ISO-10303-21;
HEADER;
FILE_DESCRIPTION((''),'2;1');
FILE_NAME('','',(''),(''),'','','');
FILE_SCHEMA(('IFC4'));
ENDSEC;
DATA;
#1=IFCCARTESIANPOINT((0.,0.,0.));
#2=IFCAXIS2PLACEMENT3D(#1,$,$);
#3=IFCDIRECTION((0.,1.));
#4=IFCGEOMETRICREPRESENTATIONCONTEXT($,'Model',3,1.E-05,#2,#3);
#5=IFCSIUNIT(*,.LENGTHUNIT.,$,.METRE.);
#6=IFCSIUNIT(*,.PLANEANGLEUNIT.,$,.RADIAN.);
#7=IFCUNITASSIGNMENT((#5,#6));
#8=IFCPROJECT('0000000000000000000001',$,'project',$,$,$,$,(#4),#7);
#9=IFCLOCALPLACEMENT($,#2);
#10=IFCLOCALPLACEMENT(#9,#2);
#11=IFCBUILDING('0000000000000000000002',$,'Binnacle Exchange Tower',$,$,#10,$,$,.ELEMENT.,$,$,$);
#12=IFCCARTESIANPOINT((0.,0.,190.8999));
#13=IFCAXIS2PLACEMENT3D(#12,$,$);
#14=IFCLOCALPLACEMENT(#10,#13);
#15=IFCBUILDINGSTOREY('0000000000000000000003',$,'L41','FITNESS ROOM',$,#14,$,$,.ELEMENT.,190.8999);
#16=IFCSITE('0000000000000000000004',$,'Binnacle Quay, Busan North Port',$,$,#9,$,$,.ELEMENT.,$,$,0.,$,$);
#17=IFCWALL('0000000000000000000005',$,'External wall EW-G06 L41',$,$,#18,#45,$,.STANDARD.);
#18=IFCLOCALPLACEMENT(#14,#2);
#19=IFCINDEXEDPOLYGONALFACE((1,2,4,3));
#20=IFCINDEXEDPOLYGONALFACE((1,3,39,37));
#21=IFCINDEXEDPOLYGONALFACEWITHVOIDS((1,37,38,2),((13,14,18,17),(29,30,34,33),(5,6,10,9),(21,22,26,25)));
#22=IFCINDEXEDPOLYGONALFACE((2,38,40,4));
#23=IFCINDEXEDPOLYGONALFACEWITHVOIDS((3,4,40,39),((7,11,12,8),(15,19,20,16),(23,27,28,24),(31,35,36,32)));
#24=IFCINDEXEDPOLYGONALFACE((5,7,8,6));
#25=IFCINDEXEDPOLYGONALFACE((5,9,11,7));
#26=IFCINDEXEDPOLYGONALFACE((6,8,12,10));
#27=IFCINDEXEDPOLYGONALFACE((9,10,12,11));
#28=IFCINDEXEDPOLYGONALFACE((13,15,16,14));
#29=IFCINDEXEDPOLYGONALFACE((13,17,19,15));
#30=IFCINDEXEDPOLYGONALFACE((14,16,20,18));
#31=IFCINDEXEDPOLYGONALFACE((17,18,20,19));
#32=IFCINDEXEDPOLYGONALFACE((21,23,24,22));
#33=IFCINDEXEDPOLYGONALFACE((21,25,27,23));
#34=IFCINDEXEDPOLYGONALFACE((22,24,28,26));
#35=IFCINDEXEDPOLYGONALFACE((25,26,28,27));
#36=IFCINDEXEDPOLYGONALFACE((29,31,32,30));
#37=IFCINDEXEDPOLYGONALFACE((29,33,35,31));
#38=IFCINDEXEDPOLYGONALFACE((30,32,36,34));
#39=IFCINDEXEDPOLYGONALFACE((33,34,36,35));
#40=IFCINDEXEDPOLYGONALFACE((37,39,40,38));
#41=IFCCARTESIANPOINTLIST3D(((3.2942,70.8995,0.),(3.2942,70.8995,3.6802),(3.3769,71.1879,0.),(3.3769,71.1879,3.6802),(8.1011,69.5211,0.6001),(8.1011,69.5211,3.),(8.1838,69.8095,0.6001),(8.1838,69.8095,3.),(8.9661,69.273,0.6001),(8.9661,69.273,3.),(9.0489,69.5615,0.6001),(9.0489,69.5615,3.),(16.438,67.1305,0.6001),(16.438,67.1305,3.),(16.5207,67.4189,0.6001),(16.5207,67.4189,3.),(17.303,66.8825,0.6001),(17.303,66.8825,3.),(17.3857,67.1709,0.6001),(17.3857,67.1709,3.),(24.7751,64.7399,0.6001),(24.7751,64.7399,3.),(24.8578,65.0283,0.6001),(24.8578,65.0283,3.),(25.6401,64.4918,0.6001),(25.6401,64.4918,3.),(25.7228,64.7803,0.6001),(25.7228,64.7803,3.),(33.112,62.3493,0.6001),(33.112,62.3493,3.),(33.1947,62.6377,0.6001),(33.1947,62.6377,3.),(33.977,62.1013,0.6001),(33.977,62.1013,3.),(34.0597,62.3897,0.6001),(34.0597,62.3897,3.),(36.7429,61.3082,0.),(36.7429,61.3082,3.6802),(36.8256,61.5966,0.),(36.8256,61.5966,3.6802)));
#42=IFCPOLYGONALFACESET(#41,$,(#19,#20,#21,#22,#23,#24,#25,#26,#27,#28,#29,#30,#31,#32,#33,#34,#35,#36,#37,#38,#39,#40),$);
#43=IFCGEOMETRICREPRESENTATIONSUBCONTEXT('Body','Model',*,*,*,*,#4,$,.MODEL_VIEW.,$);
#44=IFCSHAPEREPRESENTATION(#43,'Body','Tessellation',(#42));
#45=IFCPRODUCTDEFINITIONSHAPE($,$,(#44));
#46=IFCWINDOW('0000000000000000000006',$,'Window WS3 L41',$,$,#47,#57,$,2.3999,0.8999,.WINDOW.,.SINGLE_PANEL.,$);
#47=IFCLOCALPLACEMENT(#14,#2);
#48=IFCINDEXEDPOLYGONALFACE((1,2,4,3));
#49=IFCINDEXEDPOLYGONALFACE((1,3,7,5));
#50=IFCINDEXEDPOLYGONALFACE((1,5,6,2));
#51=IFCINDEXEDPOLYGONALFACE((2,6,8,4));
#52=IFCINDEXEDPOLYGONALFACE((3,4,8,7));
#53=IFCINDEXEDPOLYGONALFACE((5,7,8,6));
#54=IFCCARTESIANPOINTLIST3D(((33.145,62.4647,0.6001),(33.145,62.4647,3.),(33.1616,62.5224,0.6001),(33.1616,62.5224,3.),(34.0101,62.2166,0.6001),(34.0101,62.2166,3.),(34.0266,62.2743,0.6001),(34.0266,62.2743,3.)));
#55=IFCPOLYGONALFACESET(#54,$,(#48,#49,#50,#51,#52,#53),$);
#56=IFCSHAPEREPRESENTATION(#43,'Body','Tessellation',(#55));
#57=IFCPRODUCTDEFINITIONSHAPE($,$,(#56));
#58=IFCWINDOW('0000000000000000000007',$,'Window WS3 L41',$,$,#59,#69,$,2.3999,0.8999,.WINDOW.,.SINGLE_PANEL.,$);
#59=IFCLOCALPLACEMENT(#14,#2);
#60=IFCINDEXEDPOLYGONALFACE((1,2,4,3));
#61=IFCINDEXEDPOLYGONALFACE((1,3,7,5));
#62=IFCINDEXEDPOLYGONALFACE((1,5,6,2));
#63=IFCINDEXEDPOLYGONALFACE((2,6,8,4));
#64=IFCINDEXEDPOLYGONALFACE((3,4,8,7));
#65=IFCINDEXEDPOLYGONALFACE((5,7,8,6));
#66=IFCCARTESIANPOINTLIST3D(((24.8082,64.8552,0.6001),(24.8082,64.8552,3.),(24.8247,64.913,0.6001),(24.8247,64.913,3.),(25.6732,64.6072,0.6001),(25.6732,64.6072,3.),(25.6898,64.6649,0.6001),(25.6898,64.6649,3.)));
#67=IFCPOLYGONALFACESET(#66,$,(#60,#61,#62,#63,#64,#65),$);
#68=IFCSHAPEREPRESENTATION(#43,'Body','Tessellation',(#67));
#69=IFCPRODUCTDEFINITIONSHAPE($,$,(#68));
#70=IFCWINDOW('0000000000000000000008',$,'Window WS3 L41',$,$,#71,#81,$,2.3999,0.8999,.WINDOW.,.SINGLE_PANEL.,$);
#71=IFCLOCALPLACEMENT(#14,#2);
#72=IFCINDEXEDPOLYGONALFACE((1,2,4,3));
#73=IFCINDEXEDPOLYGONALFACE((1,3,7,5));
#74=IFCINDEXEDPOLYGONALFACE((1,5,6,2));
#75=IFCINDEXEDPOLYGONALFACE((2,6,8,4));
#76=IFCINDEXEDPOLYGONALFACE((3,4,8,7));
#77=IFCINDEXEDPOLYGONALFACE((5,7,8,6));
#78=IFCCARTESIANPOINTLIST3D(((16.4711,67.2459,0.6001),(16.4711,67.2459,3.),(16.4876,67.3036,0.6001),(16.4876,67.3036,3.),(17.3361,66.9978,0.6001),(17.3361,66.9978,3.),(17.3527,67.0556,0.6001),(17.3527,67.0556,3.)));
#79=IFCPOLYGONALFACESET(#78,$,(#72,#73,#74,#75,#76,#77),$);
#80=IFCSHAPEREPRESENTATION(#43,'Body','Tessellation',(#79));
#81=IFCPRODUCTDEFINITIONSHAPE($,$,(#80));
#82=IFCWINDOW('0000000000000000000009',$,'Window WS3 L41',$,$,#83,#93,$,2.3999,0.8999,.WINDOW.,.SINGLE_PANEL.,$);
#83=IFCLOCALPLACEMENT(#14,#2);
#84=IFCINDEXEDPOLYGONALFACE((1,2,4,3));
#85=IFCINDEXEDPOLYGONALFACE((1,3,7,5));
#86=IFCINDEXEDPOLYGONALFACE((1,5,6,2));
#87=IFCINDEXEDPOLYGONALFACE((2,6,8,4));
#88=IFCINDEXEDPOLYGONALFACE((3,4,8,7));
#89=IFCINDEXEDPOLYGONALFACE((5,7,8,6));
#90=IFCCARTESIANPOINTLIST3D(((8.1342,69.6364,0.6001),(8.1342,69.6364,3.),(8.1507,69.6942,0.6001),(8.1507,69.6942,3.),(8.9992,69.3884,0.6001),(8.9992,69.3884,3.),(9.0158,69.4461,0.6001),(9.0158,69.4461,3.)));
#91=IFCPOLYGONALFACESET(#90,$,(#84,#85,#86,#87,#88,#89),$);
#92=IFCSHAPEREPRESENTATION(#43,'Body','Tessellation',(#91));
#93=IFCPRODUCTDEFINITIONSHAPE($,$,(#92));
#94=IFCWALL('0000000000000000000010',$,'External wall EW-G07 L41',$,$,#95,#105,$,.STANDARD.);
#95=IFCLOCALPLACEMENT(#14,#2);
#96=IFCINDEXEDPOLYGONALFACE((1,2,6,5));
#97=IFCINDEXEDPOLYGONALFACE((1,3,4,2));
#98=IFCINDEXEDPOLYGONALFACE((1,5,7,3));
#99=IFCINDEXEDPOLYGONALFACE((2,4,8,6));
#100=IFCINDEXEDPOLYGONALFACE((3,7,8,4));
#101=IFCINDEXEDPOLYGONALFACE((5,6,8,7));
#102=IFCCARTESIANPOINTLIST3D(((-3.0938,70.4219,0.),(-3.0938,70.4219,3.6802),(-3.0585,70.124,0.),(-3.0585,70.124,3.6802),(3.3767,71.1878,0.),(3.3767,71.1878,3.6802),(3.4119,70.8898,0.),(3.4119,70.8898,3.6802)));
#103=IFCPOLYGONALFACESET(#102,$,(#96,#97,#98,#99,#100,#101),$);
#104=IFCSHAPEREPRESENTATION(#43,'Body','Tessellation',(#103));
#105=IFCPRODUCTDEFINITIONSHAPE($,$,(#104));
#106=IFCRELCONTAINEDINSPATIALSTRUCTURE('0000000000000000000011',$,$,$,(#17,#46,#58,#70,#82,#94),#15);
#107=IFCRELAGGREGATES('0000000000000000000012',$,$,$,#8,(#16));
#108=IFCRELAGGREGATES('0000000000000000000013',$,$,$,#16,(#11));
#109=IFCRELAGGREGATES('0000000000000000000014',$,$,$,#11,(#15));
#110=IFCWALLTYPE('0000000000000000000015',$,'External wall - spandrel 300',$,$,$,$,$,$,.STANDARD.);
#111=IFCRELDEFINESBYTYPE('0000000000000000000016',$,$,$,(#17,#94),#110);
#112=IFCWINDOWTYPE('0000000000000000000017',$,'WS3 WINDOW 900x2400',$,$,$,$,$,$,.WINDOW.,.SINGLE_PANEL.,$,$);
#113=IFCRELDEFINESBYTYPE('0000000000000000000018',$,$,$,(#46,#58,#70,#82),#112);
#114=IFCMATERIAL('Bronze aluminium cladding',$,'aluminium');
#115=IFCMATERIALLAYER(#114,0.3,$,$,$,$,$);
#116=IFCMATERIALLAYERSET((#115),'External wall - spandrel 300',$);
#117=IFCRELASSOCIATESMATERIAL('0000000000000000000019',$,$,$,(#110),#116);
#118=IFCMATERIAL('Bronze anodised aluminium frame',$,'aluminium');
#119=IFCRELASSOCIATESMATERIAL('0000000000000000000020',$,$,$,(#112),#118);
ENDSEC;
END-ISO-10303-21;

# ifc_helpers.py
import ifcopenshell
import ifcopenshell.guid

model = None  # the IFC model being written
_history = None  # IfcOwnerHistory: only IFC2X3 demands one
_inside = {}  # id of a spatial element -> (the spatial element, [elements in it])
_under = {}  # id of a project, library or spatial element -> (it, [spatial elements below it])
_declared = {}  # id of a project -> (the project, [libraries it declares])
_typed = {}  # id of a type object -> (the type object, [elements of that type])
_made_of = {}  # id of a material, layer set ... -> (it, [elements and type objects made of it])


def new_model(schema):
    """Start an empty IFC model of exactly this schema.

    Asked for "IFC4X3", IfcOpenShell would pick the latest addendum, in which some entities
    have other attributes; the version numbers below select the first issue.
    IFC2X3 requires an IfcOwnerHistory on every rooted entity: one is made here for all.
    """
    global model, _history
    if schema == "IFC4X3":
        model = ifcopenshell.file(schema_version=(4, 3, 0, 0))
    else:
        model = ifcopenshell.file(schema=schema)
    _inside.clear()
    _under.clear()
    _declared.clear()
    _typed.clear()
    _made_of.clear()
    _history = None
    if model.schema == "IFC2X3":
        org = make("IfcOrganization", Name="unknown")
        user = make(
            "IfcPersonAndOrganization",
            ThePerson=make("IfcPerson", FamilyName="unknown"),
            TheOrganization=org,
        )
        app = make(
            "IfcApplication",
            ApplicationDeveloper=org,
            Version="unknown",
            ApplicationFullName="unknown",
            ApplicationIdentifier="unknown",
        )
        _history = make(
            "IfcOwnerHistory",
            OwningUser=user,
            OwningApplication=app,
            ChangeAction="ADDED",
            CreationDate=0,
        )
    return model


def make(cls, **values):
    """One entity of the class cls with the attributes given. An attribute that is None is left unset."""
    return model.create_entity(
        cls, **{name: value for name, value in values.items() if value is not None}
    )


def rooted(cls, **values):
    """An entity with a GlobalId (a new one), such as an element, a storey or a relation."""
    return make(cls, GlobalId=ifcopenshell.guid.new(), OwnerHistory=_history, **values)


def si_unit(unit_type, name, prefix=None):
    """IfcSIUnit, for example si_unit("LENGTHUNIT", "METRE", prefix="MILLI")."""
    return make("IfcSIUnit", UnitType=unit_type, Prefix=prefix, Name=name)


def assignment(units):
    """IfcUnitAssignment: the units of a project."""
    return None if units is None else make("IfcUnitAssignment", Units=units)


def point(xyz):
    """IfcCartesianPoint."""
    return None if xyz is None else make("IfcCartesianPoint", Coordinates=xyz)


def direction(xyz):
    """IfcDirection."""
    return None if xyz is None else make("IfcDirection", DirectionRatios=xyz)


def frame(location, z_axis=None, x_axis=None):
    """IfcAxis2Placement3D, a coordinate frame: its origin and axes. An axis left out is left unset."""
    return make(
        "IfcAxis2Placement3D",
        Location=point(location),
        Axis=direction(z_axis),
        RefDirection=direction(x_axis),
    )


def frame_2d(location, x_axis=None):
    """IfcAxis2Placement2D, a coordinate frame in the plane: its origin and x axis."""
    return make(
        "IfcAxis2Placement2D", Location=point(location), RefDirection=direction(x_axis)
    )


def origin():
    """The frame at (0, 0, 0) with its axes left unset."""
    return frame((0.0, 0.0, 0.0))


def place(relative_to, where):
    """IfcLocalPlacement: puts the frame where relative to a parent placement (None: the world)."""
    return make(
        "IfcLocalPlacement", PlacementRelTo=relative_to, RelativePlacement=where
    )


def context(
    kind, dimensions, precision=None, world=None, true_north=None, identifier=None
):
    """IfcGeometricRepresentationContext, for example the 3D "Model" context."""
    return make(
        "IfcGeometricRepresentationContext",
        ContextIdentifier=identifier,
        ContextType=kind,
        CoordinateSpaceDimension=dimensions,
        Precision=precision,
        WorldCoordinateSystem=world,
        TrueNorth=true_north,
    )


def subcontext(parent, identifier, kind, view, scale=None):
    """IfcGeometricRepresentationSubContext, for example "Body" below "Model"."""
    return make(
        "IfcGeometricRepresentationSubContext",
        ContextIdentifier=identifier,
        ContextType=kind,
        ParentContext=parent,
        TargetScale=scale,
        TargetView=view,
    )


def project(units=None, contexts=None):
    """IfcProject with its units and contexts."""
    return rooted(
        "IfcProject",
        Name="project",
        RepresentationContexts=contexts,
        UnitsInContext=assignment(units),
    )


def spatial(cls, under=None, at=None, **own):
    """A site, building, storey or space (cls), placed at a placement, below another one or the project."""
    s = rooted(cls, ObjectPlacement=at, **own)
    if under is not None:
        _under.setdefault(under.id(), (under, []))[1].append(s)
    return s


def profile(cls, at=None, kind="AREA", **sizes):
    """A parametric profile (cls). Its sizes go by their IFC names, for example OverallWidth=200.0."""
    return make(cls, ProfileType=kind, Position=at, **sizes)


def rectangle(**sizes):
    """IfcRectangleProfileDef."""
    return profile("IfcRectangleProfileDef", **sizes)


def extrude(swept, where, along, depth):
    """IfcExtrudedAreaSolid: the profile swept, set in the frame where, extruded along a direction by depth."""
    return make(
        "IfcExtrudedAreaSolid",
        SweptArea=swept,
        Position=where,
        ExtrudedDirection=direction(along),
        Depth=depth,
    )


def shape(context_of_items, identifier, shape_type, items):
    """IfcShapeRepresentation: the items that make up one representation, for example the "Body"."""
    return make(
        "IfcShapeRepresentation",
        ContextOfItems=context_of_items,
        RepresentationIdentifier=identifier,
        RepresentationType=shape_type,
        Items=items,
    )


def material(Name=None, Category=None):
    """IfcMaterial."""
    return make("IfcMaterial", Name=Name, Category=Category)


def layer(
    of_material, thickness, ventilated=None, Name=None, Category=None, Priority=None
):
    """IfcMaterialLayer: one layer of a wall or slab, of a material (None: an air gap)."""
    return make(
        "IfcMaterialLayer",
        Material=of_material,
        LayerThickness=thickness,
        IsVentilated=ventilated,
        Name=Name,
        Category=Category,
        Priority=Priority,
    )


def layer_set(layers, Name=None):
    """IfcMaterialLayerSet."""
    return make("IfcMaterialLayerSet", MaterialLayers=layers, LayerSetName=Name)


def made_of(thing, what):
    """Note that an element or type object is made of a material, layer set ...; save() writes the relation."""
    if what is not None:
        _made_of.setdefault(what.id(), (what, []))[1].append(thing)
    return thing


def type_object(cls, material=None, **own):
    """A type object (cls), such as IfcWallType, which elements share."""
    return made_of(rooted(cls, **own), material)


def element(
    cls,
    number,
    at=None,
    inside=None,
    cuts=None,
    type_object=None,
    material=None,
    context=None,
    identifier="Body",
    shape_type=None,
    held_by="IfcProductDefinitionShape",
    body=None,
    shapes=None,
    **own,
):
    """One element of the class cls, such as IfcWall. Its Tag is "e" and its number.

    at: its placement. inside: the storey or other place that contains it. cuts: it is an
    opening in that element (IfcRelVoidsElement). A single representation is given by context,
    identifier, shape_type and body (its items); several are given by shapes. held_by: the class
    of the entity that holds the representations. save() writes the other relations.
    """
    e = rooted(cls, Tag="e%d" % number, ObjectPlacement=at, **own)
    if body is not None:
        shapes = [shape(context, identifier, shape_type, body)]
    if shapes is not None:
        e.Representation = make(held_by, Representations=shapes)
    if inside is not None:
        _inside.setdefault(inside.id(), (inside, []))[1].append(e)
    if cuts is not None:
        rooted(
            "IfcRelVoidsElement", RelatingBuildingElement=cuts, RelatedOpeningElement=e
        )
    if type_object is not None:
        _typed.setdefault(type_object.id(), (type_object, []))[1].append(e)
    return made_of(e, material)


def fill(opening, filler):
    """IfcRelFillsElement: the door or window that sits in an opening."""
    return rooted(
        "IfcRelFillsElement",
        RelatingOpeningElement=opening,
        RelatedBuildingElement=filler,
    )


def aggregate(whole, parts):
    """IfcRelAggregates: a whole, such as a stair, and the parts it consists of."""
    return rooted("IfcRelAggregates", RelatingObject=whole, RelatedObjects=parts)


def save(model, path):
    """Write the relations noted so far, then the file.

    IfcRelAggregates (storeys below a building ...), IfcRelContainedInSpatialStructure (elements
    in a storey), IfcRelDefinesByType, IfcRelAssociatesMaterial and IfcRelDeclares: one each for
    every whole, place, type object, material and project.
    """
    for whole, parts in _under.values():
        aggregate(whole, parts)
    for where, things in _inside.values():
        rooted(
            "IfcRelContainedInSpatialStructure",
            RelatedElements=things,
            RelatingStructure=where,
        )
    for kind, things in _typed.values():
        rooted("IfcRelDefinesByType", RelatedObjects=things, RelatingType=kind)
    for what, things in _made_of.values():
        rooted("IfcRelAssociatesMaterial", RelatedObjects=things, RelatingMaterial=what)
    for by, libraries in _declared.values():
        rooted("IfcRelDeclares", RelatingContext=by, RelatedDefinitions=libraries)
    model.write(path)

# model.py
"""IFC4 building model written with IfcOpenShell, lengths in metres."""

from ifc_helpers import new_model, si_unit, direction, frame, frame_2d, origin, place, context, subcontext, project, spatial, rectangle, extrude, material, layer, layer_set, type_object, element, fill, save


model = new_model("IFC4")

# Units and contexts
model_context = context("Model", 3, precision=1e-05, world=origin(), true_north=direction((0.0, 1.0)))
body_context = subcontext(model_context, "Body", "Model", "MODEL_VIEW")
ifc_project = project(units=[si_unit("LENGTHUNIT", "METRE"), si_unit("PLANEANGLEUNIT", "RADIAN")], contexts=[model_context])

# Site, building, storey
site_placement = place(None, origin())
site = spatial("IfcSite", under=ifc_project, at=site_placement, Name="Binnacle Quay, Busan North Port", CompositionType="ELEMENT", RefElevation=0.0)
building_placement = place(site_placement, origin())
building = spatial("IfcBuilding", under=site, at=building_placement, Name="Binnacle Exchange Tower", CompositionType="ELEMENT")
storey_placement = place(building_placement, frame((0.0, 0.0, 190.8999)))
storey = spatial("IfcBuildingStorey", under=building, at=storey_placement, Name="L41", Description="FITNESS ROOM", CompositionType="ELEMENT", Elevation=190.8999)

# Wall, openings, windows
ifc_material_1 = material(Name="Bronze aluminium cladding", Category="aluminium")
ifc_layer = layer(ifc_material_1, 0.3)
ifc_layer_set = layer_set([ifc_layer], Name="External wall - spandrel 300")
wall_type = type_object("IfcWallType", Name="External wall - spandrel 300", PredefinedType="STANDARD", material=ifc_layer_set)
wall_1_placement = place(storey_placement, frame((3.3354, 71.0437, 0.0), z_axis=(0.0, 0.0, 1.0), x_axis=(0.961261, -0.275638, 0.0)))
wall_1 = element("IfcWall", 1, at=wall_1_placement, inside=storey, type_object=wall_type, Name="External wall EW-G06 L41", PredefinedType="STANDARD", context=body_context, shape_type="SweptSolid", body=[
    extrude(rectangle(XDim=34.7966, YDim=0.3, at=frame_2d((17.3984, 0.0))), origin(), (0.0, 0.0, 1.0), 3.6802),
])
opening_1_placement = place(wall_1_placement, frame((31.0195, 0.0, 0.6001)))
opening_1 = element("IfcOpeningElement", 2, at=opening_1_placement, cuts=wall_1, PredefinedType="OPENING", context=body_context, shape_type="SweptSolid", body=[
    extrude(rectangle(XDim=0.8999, YDim=2.3999, at=frame_2d((0.45, 1.2))), frame((0.0, 0.1599, 0.0), z_axis=(0.0, -1.0, 0.0), x_axis=(1.0, 0.0, 0.0)), (0.0, 0.0, 1.0), 0.3201),
])
opening_2_placement = place(wall_1_placement, frame((22.3467, 0.0, 0.6001)))
opening_2 = element("IfcOpeningElement", 3, at=opening_2_placement, cuts=wall_1, PredefinedType="OPENING", context=body_context, shape_type="SweptSolid", body=[
    extrude(rectangle(XDim=0.8999, YDim=2.3999, at=frame_2d((0.45, 1.2))), frame((0.0, 0.1599, 0.0), z_axis=(0.0, -1.0, 0.0), x_axis=(1.0, 0.0, 0.0)), (0.0, 0.0, 1.0), 0.3201),
])
opening_3_placement = place(wall_1_placement, frame((13.6736, 0.0, 0.6001)))
opening_3 = element("IfcOpeningElement", 4, at=opening_3_placement, cuts=wall_1, PredefinedType="OPENING", context=body_context, shape_type="SweptSolid", body=[
    extrude(rectangle(XDim=0.8999, YDim=2.3999, at=frame_2d((0.45, 1.2))), frame((0.0, 0.1599, 0.0), z_axis=(0.0, -1.0, 0.0), x_axis=(1.0, 0.0, 0.0)), (0.0, 0.0, 1.0), 0.3201),
])
opening_4_placement = place(wall_1_placement, frame((5.0007, 0.0, 0.6001)))
opening_4 = element("IfcOpeningElement", 5, at=opening_4_placement, cuts=wall_1, PredefinedType="OPENING", context=body_context, shape_type="SweptSolid", body=[
    extrude(rectangle(XDim=0.8999, YDim=2.3999, at=frame_2d((0.45, 1.2))), frame((0.0, 0.1599, 0.0), z_axis=(0.0, -1.0, 0.0), x_axis=(1.0, 0.0, 0.0)), (0.0, 0.0, 1.0), 0.3201),
])
ifc_material_2 = material(Name="Bronze anodised aluminium frame", Category="aluminium")
window_type = type_object("IfcWindowType", Name="WS3 WINDOW 900x2400", PartitioningType="SINGLE_PANEL", PredefinedType="WINDOW", material=ifc_material_2)
window_1_placement = place(opening_1_placement, origin())
window_1 = element("IfcWindow", 6, at=window_1_placement, inside=storey, type_object=window_type, Name="Window WS3 L41", OverallHeight=2.3999, OverallWidth=0.8999, PartitioningType="SINGLE_PANEL", PredefinedType="WINDOW", context=body_context, shape_type="SweptSolid", body=[
    extrude(rectangle(XDim=0.8999, YDim=2.3999, at=frame_2d((0.45, 1.2))), frame((0.0, 0.03, 0.0), z_axis=(0.0, -1.0, 0.0), x_axis=(1.0, 0.0, 0.0)), (0.0, 0.0, 1.0), 0.0601),
])
fill(opening_1, window_1)
window_2_placement = place(opening_2_placement, origin())
window_2 = element("IfcWindow", 7, at=window_2_placement, inside=storey, type_object=window_type, Name="Window WS3 L41", OverallHeight=2.3999, OverallWidth=0.8999, PartitioningType="SINGLE_PANEL", PredefinedType="WINDOW", context=body_context, shape_type="SweptSolid", body=[
    extrude(rectangle(XDim=0.8999, YDim=2.3999, at=frame_2d((0.45, 1.2))), frame((0.0, 0.03, 0.0), z_axis=(0.0, -1.0, 0.0), x_axis=(1.0, 0.0, 0.0)), (0.0, 0.0, 1.0), 0.0601),
])
fill(opening_2, window_2)
window_3_placement = place(opening_3_placement, origin())
window_3 = element("IfcWindow", 8, at=window_3_placement, inside=storey, type_object=window_type, Name="Window WS3 L41", OverallHeight=2.3999, OverallWidth=0.8999, PartitioningType="SINGLE_PANEL", PredefinedType="WINDOW", context=body_context, shape_type="SweptSolid", body=[
    extrude(rectangle(XDim=0.8999, YDim=2.3999, at=frame_2d((0.45, 1.2))), frame((0.0, 0.03, 0.0), z_axis=(0.0, -1.0, 0.0), x_axis=(1.0, 0.0, 0.0)), (0.0, 0.0, 1.0), 0.0601),
])
fill(opening_3, window_3)
window_4_placement = place(opening_4_placement, origin())
window_4 = element("IfcWindow", 9, at=window_4_placement, inside=storey, type_object=window_type, Name="Window WS3 L41", OverallHeight=2.3999, OverallWidth=0.8999, PartitioningType="SINGLE_PANEL", PredefinedType="WINDOW", context=body_context, shape_type="SweptSolid", body=[
    extrude(rectangle(XDim=0.8999, YDim=2.3999, at=frame_2d((0.45, 1.2))), frame((0.0, 0.03, 0.0), z_axis=(0.0, -1.0, 0.0), x_axis=(1.0, 0.0, 0.0)), (0.0, 0.0, 1.0), 0.0601),
])
fill(opening_4, window_4)

# Wall
wall_2_placement = place(storey_placement, frame((-3.0762, 70.2729, 0.0), z_axis=(0.0, 0.0, 1.0), x_axis=(0.993068, 0.117543, 0.0)))
element("IfcWall", 10, at=wall_2_placement, inside=storey, type_object=wall_type, Name="External wall EW-G07 L41", PredefinedType="STANDARD", context=body_context, shape_type="SweptSolid", body=[
    extrude(rectangle(XDim=6.5156, YDim=0.3, at=frame_2d((3.2578, 0.0))), origin(), (0.0, 0.0, 1.0), 3.6802),
])

save(model, "model.ifc")
